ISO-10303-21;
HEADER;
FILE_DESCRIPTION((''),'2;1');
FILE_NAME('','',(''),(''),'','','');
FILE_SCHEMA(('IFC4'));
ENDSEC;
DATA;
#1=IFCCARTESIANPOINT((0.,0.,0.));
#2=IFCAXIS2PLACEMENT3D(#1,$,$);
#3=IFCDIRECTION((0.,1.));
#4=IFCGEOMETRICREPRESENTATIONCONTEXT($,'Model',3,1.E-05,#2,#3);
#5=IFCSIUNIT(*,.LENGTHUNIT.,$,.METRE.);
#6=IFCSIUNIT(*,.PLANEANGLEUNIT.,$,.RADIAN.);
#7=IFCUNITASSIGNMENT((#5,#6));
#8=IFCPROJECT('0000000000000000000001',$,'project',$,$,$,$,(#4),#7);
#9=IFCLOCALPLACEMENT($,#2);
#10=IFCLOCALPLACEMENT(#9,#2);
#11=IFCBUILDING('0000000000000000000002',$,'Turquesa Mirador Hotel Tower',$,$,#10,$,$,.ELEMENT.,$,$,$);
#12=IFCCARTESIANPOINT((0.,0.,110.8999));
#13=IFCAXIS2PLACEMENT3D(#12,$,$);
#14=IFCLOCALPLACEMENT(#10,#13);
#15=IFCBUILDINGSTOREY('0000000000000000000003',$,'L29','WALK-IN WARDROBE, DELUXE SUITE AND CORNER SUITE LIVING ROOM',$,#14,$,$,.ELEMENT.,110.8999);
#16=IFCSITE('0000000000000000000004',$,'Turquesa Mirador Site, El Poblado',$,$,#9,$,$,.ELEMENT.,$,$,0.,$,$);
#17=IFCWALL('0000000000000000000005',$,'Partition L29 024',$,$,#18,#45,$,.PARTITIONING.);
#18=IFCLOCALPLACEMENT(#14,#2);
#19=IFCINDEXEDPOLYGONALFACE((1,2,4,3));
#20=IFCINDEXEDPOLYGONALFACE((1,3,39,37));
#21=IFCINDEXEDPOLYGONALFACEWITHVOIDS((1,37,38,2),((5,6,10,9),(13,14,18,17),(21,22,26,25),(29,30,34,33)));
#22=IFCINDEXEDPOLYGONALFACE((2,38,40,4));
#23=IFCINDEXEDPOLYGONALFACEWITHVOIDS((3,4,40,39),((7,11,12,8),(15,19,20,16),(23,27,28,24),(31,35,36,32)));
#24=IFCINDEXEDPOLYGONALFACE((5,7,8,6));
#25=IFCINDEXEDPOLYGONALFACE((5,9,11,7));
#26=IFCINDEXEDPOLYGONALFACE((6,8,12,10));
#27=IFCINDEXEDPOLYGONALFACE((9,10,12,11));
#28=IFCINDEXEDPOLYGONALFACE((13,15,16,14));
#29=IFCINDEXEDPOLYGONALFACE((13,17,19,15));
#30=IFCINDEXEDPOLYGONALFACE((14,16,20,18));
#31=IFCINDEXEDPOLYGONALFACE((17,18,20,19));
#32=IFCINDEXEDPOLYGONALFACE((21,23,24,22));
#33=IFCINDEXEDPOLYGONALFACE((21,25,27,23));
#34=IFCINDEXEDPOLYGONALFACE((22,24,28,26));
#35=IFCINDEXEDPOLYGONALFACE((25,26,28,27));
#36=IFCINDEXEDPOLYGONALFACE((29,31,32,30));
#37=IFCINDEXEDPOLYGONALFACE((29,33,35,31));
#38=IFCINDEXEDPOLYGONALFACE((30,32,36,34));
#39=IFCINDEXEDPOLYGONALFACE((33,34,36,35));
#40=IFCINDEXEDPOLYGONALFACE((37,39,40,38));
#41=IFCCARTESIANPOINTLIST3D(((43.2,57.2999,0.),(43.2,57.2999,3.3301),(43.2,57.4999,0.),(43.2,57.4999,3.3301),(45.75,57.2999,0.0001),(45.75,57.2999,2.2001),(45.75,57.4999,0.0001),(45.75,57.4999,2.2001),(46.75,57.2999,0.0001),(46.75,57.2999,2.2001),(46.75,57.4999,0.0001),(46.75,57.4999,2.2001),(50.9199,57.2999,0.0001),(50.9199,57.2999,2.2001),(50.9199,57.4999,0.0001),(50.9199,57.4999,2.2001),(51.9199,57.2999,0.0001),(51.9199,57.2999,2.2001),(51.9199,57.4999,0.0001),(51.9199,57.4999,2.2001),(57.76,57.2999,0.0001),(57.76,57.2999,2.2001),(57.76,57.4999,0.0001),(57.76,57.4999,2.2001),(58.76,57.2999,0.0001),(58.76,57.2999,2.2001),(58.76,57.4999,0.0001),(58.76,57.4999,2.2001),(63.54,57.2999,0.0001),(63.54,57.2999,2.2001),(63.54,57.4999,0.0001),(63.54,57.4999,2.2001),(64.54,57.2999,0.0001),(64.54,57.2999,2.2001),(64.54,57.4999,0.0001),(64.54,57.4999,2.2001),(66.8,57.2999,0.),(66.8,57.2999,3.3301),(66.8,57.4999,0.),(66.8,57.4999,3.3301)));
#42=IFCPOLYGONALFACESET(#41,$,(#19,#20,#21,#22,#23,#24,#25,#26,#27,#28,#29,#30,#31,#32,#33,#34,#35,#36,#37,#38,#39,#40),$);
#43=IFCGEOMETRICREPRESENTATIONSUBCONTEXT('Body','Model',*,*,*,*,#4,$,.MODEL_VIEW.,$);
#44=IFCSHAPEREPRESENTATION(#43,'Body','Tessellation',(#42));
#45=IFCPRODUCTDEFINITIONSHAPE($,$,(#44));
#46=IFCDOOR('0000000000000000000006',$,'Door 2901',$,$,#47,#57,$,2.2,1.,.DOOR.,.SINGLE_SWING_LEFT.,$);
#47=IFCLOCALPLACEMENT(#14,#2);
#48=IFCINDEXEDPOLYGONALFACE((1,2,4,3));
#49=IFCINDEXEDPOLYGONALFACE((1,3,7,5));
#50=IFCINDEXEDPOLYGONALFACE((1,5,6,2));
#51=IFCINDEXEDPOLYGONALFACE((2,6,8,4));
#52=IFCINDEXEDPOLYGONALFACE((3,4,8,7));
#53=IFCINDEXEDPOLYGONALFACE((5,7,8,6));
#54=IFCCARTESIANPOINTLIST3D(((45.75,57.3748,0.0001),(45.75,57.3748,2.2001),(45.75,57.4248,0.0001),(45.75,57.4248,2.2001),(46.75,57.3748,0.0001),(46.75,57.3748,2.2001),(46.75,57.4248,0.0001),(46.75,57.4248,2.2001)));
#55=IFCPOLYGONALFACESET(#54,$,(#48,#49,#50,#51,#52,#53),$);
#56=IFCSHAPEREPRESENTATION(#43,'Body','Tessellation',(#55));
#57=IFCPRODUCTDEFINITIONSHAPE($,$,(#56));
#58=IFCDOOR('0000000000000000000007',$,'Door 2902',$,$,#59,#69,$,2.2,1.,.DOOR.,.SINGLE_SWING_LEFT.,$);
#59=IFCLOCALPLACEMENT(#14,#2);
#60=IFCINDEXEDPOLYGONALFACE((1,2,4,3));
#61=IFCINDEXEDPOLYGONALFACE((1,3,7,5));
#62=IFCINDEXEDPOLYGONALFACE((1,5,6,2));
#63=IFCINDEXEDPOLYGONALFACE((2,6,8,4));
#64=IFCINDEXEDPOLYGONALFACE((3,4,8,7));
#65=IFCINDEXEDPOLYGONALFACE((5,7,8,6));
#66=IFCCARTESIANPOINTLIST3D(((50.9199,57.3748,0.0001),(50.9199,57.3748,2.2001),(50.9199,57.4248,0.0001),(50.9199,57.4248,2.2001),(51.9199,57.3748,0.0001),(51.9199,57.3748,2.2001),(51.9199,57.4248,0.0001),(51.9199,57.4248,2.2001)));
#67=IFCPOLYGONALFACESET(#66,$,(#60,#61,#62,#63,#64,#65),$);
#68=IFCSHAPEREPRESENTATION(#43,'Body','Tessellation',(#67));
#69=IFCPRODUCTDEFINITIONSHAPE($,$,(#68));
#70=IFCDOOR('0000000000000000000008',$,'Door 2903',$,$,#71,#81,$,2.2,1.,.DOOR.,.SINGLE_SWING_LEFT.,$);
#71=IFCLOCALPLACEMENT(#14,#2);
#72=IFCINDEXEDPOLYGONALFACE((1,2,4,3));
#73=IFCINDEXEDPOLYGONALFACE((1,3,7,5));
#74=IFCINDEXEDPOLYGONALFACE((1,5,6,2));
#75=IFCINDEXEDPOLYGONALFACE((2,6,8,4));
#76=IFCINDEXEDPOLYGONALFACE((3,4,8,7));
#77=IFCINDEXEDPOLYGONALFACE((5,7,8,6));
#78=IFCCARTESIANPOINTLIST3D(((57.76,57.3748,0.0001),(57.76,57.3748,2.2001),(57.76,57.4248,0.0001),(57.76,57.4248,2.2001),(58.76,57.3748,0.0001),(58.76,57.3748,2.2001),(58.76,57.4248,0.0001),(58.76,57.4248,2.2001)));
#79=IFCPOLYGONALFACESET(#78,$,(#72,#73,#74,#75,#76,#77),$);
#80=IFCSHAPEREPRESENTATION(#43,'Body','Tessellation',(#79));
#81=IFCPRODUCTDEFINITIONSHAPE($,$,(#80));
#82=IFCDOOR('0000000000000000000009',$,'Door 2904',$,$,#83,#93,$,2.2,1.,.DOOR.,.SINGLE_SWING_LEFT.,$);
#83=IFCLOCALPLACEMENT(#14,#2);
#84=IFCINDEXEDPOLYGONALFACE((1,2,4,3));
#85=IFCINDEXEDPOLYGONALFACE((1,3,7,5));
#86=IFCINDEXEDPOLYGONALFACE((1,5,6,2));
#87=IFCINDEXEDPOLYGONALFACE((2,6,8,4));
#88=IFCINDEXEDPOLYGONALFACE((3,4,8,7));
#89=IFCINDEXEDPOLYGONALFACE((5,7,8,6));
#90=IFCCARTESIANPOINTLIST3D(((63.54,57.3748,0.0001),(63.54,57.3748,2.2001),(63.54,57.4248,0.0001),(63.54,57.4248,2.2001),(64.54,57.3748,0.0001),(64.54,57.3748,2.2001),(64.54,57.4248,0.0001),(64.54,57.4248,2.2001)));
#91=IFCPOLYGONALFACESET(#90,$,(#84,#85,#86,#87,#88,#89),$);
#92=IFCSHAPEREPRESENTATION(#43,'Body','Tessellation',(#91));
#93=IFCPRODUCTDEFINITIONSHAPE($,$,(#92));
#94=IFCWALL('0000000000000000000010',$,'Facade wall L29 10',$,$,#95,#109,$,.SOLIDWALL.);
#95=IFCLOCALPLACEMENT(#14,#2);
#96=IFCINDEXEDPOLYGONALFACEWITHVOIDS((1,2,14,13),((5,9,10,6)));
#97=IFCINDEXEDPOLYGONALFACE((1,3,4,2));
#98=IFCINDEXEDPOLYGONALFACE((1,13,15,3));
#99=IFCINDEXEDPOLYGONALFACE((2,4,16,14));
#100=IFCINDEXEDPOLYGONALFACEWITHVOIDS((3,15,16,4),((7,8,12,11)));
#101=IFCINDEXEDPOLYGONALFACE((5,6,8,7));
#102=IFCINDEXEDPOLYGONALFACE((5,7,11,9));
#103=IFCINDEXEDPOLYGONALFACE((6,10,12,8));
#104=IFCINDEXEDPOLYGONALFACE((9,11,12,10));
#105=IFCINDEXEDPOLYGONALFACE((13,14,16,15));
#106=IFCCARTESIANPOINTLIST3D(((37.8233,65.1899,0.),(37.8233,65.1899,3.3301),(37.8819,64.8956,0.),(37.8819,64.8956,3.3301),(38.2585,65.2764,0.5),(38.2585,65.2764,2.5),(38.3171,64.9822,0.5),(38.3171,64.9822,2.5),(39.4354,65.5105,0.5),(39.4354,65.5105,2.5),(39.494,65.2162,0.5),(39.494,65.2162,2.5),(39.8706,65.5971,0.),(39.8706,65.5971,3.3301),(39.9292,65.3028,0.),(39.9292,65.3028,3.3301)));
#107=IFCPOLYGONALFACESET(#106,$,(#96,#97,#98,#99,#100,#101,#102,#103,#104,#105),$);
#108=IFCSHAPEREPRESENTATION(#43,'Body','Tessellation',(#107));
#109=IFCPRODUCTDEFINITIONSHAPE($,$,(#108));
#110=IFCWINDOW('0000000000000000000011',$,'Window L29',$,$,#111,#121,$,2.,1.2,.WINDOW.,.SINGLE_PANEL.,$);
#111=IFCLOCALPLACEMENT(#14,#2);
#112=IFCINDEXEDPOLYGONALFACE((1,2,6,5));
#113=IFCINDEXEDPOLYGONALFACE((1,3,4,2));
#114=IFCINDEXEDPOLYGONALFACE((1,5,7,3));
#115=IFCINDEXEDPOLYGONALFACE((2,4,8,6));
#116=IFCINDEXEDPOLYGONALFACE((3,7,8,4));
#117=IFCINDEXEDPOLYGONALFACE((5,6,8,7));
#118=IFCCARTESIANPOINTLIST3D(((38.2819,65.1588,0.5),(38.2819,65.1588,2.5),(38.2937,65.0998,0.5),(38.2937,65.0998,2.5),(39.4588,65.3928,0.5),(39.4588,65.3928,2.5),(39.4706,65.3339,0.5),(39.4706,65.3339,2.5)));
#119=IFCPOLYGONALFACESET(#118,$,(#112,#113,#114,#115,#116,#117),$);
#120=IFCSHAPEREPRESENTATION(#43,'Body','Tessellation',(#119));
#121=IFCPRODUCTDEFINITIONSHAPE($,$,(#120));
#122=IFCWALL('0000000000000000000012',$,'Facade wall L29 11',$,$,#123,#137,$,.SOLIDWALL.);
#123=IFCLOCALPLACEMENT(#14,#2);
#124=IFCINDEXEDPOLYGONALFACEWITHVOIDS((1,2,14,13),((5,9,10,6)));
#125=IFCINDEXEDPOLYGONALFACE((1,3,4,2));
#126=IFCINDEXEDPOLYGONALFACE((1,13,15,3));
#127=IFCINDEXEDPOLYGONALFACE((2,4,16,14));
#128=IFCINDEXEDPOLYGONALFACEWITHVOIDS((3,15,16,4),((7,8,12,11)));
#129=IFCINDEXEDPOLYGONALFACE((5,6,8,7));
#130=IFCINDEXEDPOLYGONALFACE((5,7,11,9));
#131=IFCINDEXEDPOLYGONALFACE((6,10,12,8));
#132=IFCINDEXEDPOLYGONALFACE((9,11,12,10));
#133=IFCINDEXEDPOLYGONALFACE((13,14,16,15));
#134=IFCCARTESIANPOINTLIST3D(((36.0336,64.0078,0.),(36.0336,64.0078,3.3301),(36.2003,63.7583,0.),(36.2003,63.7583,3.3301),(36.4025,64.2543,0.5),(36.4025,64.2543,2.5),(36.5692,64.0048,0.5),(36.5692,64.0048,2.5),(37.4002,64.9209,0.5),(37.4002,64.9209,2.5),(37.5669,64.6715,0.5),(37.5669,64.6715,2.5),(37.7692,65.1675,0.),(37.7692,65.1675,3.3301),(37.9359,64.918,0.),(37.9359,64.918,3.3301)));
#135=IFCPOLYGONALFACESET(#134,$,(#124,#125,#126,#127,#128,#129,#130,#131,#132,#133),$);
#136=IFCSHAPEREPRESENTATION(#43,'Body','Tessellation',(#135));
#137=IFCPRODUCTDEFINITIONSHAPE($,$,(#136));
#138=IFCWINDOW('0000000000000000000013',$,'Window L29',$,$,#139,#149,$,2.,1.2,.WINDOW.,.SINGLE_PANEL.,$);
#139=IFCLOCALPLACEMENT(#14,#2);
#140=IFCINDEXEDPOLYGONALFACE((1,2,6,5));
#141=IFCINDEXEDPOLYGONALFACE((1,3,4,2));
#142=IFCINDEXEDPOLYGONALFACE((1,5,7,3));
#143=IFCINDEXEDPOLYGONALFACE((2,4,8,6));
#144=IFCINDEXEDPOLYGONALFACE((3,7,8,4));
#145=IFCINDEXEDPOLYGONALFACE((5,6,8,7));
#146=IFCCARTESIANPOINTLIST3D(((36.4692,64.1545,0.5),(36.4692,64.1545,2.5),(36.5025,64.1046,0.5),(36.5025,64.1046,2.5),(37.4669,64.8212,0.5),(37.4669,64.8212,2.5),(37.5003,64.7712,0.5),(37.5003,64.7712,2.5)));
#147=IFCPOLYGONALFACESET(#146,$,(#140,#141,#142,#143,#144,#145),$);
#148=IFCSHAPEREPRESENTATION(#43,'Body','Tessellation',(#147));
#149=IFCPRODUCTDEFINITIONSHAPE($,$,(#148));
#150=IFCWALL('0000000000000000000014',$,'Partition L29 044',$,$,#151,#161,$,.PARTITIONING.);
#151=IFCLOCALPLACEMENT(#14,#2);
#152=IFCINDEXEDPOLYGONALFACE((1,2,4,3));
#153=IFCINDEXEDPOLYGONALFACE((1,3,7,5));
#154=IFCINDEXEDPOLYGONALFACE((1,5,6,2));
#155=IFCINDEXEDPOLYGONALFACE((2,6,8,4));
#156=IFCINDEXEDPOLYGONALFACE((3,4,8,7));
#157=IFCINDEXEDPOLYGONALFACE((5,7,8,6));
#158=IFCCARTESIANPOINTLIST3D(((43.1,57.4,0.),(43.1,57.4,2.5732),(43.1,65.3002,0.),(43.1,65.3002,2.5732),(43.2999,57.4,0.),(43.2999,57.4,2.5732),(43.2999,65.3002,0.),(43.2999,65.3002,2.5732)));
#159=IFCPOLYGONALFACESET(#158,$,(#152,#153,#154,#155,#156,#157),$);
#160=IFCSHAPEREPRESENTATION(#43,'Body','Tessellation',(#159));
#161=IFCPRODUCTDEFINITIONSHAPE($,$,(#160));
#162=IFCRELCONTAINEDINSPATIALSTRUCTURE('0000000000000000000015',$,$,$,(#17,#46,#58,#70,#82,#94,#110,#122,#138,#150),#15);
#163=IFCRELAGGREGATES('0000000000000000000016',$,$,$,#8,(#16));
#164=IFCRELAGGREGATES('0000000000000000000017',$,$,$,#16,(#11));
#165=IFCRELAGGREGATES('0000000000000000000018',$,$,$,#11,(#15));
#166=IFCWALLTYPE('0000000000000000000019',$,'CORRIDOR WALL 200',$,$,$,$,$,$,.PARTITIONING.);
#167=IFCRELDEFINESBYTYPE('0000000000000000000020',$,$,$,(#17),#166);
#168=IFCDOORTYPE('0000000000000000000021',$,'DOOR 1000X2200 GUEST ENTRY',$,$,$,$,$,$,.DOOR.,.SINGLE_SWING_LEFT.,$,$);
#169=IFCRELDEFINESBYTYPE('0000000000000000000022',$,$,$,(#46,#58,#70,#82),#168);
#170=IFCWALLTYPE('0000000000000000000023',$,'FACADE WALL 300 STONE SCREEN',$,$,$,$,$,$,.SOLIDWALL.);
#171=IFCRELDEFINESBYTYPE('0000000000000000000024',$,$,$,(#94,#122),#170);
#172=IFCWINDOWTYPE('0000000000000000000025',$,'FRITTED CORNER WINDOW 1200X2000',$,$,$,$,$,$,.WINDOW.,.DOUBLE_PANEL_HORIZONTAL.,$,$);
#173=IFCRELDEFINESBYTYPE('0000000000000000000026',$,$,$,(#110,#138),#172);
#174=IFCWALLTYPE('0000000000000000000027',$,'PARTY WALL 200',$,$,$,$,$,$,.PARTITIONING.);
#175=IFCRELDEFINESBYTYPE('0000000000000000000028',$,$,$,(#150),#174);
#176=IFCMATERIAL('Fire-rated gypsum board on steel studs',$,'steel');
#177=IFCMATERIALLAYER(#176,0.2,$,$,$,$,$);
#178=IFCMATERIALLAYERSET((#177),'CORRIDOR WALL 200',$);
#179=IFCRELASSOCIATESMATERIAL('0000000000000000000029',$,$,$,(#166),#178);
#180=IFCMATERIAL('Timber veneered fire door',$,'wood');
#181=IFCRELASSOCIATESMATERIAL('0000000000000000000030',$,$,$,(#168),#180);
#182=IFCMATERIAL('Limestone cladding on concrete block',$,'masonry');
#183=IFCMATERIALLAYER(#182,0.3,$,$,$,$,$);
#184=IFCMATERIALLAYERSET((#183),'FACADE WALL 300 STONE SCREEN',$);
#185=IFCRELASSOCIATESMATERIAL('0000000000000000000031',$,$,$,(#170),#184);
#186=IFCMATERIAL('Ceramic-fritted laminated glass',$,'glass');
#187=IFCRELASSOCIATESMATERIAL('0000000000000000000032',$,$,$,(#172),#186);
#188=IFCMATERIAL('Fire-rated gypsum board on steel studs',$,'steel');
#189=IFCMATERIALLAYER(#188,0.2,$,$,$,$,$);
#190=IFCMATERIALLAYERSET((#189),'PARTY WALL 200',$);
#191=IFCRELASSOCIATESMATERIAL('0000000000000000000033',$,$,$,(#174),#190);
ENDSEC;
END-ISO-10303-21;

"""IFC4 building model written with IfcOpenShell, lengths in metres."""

from ifc_helpers import new_model, si_unit, direction, frame, frame_2d, origin, place, context, subcontext, project, spatial, rectangle, extrude, material, layer, layer_set, type_object, element, fill, save


model = new_model("IFC4")

# Units and contexts
model_context = context("Model", 3, precision=1e-05, world=origin(), true_north=direction((0.0, 1.0)))
body_context = subcontext(model_context, "Body", "Model", "MODEL_VIEW")
ifc_project = project(units=[si_unit("LENGTHUNIT", "METRE"), si_unit("PLANEANGLEUNIT", "RADIAN")], contexts=[model_context])

# Site, building, storey
site_placement = place(None, origin())
site = spatial("IfcSite", under=ifc_project, at=site_placement, Name="Turquesa Mirador Site, El Poblado", CompositionType="ELEMENT", RefElevation=0.0)
building_placement = place(site_placement, origin())
building = spatial("IfcBuilding", under=site, at=building_placement, Name="Turquesa Mirador Hotel Tower", CompositionType="ELEMENT")
storey_placement = place(building_placement, frame((0.0, 0.0, 110.8999)))
storey = spatial("IfcBuildingStorey", under=building, at=storey_placement, Name="L29", Description="WALK-IN WARDROBE, DELUXE SUITE AND CORNER SUITE LIVING ROOM", CompositionType="ELEMENT", Elevation=110.8999)

# Wall, openings, doors
ifc_material_1 = material(Name="Fire-rated gypsum board on steel studs", Category="steel")
ifc_layer_1 = layer(ifc_material_1, 0.2)
ifc_layer_set_1 = layer_set([ifc_layer_1], Name="CORRIDOR WALL 200")
wall_type_1 = type_object("IfcWallType", Name="CORRIDOR WALL 200", PredefinedType="PARTITIONING", material=ifc_layer_set_1)
wall_1_placement = place(storey_placement, frame((43.2, 57.3999, 0.0), z_axis=(0.0, 0.0, 1.0), x_axis=(1.0, 0.0, 0.0)))
wall_1 = element("IfcWall", 1, at=wall_1_placement, inside=storey, type_object=wall_type_1, Name="Partition L29 024", PredefinedType="PARTITIONING", context=body_context, shape_type="SweptSolid", body=[
    extrude(rectangle(XDim=23.6001, YDim=0.2, at=frame_2d((11.8, 0.0))), origin(), (0.0, 0.0, 1.0), 3.3301),
])
opening_1_placement = place(wall_1_placement, frame((2.55, 0.0, 0.0)))
opening_1 = element("IfcOpeningElement", 2, at=opening_1_placement, cuts=wall_1, PredefinedType="OPENING", context=body_context, shape_type="SweptSolid", body=[
    extrude(rectangle(XDim=1.0, YDim=2.2, at=frame_2d((0.5, 1.1001))), frame((0.0, 0.1099, 0.0), z_axis=(0.0, -1.0, 0.0), x_axis=(1.0, 0.0, 0.0)), (0.0, 0.0, 1.0), 0.22),
])
opening_2_placement = place(wall_1_placement, frame((7.72, 0.0, 0.0)))
opening_2 = element("IfcOpeningElement", 3, at=opening_2_placement, cuts=wall_1, PredefinedType="OPENING", context=body_context, shape_type="SweptSolid", body=[
    extrude(rectangle(XDim=1.0, YDim=2.2, at=frame_2d((0.5, 1.1001))), frame((0.0, 0.1099, 0.0), z_axis=(0.0, -1.0, 0.0), x_axis=(1.0, 0.0, 0.0)), (0.0, 0.0, 1.0), 0.22),
])
opening_3_placement = place(wall_1_placement, frame((14.5601, 0.0, 0.0)))
opening_3 = element("IfcOpeningElement", 4, at=opening_3_placement, cuts=wall_1, PredefinedType="OPENING", context=body_context, shape_type="SweptSolid", body=[
    extrude(rectangle(XDim=1.0, YDim=2.2, at=frame_2d((0.5, 1.1001))), frame((0.0, 0.1099, 0.0), z_axis=(0.0, -1.0, 0.0), x_axis=(1.0, 0.0, 0.0)), (0.0, 0.0, 1.0), 0.22),
])
opening_4_placement = place(wall_1_placement, frame((20.3401, 0.0, 0.0)))
opening_4 = element("IfcOpeningElement", 5, at=opening_4_placement, cuts=wall_1, PredefinedType="OPENING", context=body_context, shape_type="SweptSolid", body=[
    extrude(rectangle(XDim=1.0, YDim=2.2, at=frame_2d((0.5, 1.1001))), frame((0.0, 0.1099, 0.0), z_axis=(0.0, -1.0, 0.0), x_axis=(1.0, 0.0, 0.0)), (0.0, 0.0, 1.0), 0.22),
])
ifc_material_2 = material(Name="Timber veneered fire door", Category="wood")
door_type = type_object("IfcDoorType", Name="DOOR 1000X2200 GUEST ENTRY", OperationType="SINGLE_SWING_LEFT", PredefinedType="DOOR", material=ifc_material_2)
door_1_placement = place(opening_1_placement, origin())
door_1 = element("IfcDoor", 6, at=door_1_placement, inside=storey, type_object=door_type, Name="Door 2901", OperationType="SINGLE_SWING_LEFT", OverallHeight=2.2, OverallWidth=1.0, PredefinedType="DOOR", context=body_context, shape_type="SweptSolid", body=[
    extrude(rectangle(XDim=1.0, YDim=2.2, at=frame_2d((0.5, 1.1001))), frame((0.0, 0.0249, 0.0), z_axis=(0.0, -1.0, 0.0), x_axis=(1.0, 0.0, 0.0)), (0.0, 0.0, 1.0), 0.05),
])
fill(opening_1, door_1)
door_2_placement = place(opening_2_placement, origin())
door_2 = element("IfcDoor", 7, at=door_2_placement, inside=storey, type_object=door_type, Name="Door 2902", OperationType="SINGLE_SWING_LEFT", OverallHeight=2.2, OverallWidth=1.0, PredefinedType="DOOR", context=body_context, shape_type="SweptSolid", body=[
    extrude(rectangle(XDim=1.0, YDim=2.2, at=frame_2d((0.5, 1.1001))), frame((0.0, 0.0249, 0.0), z_axis=(0.0, -1.0, 0.0), x_axis=(1.0, 0.0, 0.0)), (0.0, 0.0, 1.0), 0.05),
])
fill(opening_2, door_2)
door_3_placement = place(opening_3_placement, origin())
door_3 = element("IfcDoor", 8, at=door_3_placement, inside=storey, type_object=door_type, Name="Door 2903", OperationType="SINGLE_SWING_LEFT", OverallHeight=2.2, OverallWidth=1.0, PredefinedType="DOOR", context=body_context, shape_type="SweptSolid", body=[
    extrude(rectangle(XDim=1.0, YDim=2.2, at=frame_2d((0.5, 1.1001))), frame((0.0, 0.0249, 0.0), z_axis=(0.0, -1.0, 0.0), x_axis=(1.0, 0.0, 0.0)), (0.0, 0.0, 1.0), 0.05),
])
fill(opening_3, door_3)
door_4_placement = place(opening_4_placement, origin())
door_4 = element("IfcDoor", 9, at=door_4_placement, inside=storey, type_object=door_type, Name="Door 2904", OperationType="SINGLE_SWING_LEFT", OverallHeight=2.2, OverallWidth=1.0, PredefinedType="DOOR", context=body_context, shape_type="SweptSolid", body=[
    extrude(rectangle(XDim=1.0, YDim=2.2, at=frame_2d((0.5, 1.1001))), frame((0.0, 0.0249, 0.0), z_axis=(0.0, -1.0, 0.0), x_axis=(1.0, 0.0, 0.0)), (0.0, 0.0, 1.0), 0.05),
])
fill(opening_4, door_4)

# Walls, openings, windows
ifc_material_3 = material(Name="Limestone cladding on concrete block", Category="masonry")
ifc_layer_2 = layer(ifc_material_3, 0.3)
ifc_layer_set_2 = layer_set([ifc_layer_2], Name="FACADE WALL 300 STONE SCREEN")
wall_type_2 = type_object("IfcWallType", Name="FACADE WALL 300 STONE SCREEN", PredefinedType="SOLIDWALL", material=ifc_layer_set_2)
wall_2_placement = place(storey_placement, frame((39.8999, 65.45, 0.0), z_axis=(0.0, 0.0, 1.0), x_axis=(-0.980787, -0.195081, 0.0)))
wall_2 = element("IfcWall", 10, at=wall_2_placement, inside=storey, type_object=wall_type_2, Name="Facade wall L29 10", PredefinedType="SOLIDWALL", context=body_context, shape_type="SweptSolid", body=[
    extrude(rectangle(XDim=2.0874, YDim=0.3, at=frame_2d((1.0437, 0.0))), origin(), (0.0, 0.0, 1.0), 3.3301),
])
opening_5_placement = place(wall_2_placement, frame((0.4436, 0.0, 0.5)))
opening_5 = element("IfcOpeningElement", 11, at=opening_5_placement, cuts=wall_2, PredefinedType="OPENING", context=body_context, shape_type="SweptSolid", body=[
    extrude(rectangle(XDim=1.2, YDim=2.0, at=frame_2d((0.6001, 1.0))), frame((0.0, 0.1599, 0.0), z_axis=(0.0, -1.0, 0.0), x_axis=(1.0, 0.0, 0.0)), (0.0, 0.0, 1.0), 0.3201),
])
ifc_material_4 = material(Name="Ceramic-fritted laminated glass", Category="glass")
window_type = type_object("IfcWindowType", Name="FRITTED CORNER WINDOW 1200X2000", PartitioningType="DOUBLE_PANEL_HORIZONTAL", PredefinedType="WINDOW", material=ifc_material_4)
window_1_placement = place(opening_5_placement, origin())
window_1 = element("IfcWindow", 12, at=window_1_placement, inside=storey, type_object=window_type, Name="Window L29", OverallHeight=2.0, OverallWidth=1.2, PartitioningType="SINGLE_PANEL", PredefinedType="WINDOW", context=body_context, shape_type="SweptSolid", body=[
    extrude(rectangle(XDim=1.2, YDim=2.0, at=frame_2d((0.6001, 1.0))), frame((0.0, 0.03, 0.0), z_axis=(0.0, -1.0, 0.0), x_axis=(1.0, 0.0, 0.0)), (0.0, 0.0, 1.0), 0.0601),
])
fill(opening_5, window_1)
wall_3_placement = place(storey_placement, frame((37.8525, 65.0427, 0.0), z_axis=(0.0, 0.0, 1.0), x_axis=(-0.831474, -0.555564, 0.0)))
wall_3 = element("IfcWall", 13, at=wall_3_placement, inside=storey, type_object=wall_type_2, Name="Facade wall L29 11", PredefinedType="SOLIDWALL", context=body_context, shape_type="SweptSolid", body=[
    extrude(rectangle(XDim=2.0874, YDim=0.3, at=frame_2d((1.0437, 0.0))), origin(), (0.0, 0.0, 1.0), 3.3301),
])
opening_6_placement = place(wall_3_placement, frame((0.4436, 0.0, 0.5)))
opening_6 = element("IfcOpeningElement", 14, at=opening_6_placement, cuts=wall_3, PredefinedType="OPENING", context=body_context, shape_type="SweptSolid", body=[
    extrude(rectangle(XDim=1.2, YDim=2.0, at=frame_2d((0.6001, 1.0))), frame((0.0, 0.1599, 0.0), z_axis=(0.0, -1.0, 0.0), x_axis=(1.0, 0.0, 0.0)), (0.0, 0.0, 1.0), 0.3201),
])
window_2_placement = place(opening_6_placement, origin())
window_2 = element("IfcWindow", 15, at=window_2_placement, inside=storey, type_object=window_type, Name="Window L29", OverallHeight=2.0, OverallWidth=1.2, PartitioningType="SINGLE_PANEL", PredefinedType="WINDOW", context=body_context, shape_type="SweptSolid", body=[
    extrude(rectangle(XDim=1.2, YDim=2.0, at=frame_2d((0.6001, 1.0))), frame((0.0, 0.03, 0.0), z_axis=(0.0, -1.0, 0.0), x_axis=(1.0, 0.0, 0.0)), (0.0, 0.0, 1.0), 0.0601),
])
fill(opening_6, window_2)

# Wall
ifc_material_5 = material(Name="Fire-rated gypsum board on steel studs", Category="steel")
ifc_layer_3 = layer(ifc_material_5, 0.2)
ifc_layer_set_3 = layer_set([ifc_layer_3], Name="PARTY WALL 200")
wall_type_3 = type_object("IfcWallType", Name="PARTY WALL 200", PredefinedType="PARTITIONING", material=ifc_layer_set_3)
wall_4_placement = place(storey_placement, frame((43.2, 57.3999, 0.0), z_axis=(0.0, 0.0, 1.0), x_axis=(0.0, 1.0, 0.0)))
element("IfcWall", 16, at=wall_4_placement, inside=storey, type_object=wall_type_3, Name="Partition L29 044", PredefinedType="PARTITIONING", context=body_context, shape_type="SweptSolid", body=[
    extrude(rectangle(XDim=7.9001, YDim=0.2, at=frame_2d((3.9502, 0.0))), origin(), (0.0, 0.0, 1.0), 2.5732),
])

save(model, "model.ifc")
